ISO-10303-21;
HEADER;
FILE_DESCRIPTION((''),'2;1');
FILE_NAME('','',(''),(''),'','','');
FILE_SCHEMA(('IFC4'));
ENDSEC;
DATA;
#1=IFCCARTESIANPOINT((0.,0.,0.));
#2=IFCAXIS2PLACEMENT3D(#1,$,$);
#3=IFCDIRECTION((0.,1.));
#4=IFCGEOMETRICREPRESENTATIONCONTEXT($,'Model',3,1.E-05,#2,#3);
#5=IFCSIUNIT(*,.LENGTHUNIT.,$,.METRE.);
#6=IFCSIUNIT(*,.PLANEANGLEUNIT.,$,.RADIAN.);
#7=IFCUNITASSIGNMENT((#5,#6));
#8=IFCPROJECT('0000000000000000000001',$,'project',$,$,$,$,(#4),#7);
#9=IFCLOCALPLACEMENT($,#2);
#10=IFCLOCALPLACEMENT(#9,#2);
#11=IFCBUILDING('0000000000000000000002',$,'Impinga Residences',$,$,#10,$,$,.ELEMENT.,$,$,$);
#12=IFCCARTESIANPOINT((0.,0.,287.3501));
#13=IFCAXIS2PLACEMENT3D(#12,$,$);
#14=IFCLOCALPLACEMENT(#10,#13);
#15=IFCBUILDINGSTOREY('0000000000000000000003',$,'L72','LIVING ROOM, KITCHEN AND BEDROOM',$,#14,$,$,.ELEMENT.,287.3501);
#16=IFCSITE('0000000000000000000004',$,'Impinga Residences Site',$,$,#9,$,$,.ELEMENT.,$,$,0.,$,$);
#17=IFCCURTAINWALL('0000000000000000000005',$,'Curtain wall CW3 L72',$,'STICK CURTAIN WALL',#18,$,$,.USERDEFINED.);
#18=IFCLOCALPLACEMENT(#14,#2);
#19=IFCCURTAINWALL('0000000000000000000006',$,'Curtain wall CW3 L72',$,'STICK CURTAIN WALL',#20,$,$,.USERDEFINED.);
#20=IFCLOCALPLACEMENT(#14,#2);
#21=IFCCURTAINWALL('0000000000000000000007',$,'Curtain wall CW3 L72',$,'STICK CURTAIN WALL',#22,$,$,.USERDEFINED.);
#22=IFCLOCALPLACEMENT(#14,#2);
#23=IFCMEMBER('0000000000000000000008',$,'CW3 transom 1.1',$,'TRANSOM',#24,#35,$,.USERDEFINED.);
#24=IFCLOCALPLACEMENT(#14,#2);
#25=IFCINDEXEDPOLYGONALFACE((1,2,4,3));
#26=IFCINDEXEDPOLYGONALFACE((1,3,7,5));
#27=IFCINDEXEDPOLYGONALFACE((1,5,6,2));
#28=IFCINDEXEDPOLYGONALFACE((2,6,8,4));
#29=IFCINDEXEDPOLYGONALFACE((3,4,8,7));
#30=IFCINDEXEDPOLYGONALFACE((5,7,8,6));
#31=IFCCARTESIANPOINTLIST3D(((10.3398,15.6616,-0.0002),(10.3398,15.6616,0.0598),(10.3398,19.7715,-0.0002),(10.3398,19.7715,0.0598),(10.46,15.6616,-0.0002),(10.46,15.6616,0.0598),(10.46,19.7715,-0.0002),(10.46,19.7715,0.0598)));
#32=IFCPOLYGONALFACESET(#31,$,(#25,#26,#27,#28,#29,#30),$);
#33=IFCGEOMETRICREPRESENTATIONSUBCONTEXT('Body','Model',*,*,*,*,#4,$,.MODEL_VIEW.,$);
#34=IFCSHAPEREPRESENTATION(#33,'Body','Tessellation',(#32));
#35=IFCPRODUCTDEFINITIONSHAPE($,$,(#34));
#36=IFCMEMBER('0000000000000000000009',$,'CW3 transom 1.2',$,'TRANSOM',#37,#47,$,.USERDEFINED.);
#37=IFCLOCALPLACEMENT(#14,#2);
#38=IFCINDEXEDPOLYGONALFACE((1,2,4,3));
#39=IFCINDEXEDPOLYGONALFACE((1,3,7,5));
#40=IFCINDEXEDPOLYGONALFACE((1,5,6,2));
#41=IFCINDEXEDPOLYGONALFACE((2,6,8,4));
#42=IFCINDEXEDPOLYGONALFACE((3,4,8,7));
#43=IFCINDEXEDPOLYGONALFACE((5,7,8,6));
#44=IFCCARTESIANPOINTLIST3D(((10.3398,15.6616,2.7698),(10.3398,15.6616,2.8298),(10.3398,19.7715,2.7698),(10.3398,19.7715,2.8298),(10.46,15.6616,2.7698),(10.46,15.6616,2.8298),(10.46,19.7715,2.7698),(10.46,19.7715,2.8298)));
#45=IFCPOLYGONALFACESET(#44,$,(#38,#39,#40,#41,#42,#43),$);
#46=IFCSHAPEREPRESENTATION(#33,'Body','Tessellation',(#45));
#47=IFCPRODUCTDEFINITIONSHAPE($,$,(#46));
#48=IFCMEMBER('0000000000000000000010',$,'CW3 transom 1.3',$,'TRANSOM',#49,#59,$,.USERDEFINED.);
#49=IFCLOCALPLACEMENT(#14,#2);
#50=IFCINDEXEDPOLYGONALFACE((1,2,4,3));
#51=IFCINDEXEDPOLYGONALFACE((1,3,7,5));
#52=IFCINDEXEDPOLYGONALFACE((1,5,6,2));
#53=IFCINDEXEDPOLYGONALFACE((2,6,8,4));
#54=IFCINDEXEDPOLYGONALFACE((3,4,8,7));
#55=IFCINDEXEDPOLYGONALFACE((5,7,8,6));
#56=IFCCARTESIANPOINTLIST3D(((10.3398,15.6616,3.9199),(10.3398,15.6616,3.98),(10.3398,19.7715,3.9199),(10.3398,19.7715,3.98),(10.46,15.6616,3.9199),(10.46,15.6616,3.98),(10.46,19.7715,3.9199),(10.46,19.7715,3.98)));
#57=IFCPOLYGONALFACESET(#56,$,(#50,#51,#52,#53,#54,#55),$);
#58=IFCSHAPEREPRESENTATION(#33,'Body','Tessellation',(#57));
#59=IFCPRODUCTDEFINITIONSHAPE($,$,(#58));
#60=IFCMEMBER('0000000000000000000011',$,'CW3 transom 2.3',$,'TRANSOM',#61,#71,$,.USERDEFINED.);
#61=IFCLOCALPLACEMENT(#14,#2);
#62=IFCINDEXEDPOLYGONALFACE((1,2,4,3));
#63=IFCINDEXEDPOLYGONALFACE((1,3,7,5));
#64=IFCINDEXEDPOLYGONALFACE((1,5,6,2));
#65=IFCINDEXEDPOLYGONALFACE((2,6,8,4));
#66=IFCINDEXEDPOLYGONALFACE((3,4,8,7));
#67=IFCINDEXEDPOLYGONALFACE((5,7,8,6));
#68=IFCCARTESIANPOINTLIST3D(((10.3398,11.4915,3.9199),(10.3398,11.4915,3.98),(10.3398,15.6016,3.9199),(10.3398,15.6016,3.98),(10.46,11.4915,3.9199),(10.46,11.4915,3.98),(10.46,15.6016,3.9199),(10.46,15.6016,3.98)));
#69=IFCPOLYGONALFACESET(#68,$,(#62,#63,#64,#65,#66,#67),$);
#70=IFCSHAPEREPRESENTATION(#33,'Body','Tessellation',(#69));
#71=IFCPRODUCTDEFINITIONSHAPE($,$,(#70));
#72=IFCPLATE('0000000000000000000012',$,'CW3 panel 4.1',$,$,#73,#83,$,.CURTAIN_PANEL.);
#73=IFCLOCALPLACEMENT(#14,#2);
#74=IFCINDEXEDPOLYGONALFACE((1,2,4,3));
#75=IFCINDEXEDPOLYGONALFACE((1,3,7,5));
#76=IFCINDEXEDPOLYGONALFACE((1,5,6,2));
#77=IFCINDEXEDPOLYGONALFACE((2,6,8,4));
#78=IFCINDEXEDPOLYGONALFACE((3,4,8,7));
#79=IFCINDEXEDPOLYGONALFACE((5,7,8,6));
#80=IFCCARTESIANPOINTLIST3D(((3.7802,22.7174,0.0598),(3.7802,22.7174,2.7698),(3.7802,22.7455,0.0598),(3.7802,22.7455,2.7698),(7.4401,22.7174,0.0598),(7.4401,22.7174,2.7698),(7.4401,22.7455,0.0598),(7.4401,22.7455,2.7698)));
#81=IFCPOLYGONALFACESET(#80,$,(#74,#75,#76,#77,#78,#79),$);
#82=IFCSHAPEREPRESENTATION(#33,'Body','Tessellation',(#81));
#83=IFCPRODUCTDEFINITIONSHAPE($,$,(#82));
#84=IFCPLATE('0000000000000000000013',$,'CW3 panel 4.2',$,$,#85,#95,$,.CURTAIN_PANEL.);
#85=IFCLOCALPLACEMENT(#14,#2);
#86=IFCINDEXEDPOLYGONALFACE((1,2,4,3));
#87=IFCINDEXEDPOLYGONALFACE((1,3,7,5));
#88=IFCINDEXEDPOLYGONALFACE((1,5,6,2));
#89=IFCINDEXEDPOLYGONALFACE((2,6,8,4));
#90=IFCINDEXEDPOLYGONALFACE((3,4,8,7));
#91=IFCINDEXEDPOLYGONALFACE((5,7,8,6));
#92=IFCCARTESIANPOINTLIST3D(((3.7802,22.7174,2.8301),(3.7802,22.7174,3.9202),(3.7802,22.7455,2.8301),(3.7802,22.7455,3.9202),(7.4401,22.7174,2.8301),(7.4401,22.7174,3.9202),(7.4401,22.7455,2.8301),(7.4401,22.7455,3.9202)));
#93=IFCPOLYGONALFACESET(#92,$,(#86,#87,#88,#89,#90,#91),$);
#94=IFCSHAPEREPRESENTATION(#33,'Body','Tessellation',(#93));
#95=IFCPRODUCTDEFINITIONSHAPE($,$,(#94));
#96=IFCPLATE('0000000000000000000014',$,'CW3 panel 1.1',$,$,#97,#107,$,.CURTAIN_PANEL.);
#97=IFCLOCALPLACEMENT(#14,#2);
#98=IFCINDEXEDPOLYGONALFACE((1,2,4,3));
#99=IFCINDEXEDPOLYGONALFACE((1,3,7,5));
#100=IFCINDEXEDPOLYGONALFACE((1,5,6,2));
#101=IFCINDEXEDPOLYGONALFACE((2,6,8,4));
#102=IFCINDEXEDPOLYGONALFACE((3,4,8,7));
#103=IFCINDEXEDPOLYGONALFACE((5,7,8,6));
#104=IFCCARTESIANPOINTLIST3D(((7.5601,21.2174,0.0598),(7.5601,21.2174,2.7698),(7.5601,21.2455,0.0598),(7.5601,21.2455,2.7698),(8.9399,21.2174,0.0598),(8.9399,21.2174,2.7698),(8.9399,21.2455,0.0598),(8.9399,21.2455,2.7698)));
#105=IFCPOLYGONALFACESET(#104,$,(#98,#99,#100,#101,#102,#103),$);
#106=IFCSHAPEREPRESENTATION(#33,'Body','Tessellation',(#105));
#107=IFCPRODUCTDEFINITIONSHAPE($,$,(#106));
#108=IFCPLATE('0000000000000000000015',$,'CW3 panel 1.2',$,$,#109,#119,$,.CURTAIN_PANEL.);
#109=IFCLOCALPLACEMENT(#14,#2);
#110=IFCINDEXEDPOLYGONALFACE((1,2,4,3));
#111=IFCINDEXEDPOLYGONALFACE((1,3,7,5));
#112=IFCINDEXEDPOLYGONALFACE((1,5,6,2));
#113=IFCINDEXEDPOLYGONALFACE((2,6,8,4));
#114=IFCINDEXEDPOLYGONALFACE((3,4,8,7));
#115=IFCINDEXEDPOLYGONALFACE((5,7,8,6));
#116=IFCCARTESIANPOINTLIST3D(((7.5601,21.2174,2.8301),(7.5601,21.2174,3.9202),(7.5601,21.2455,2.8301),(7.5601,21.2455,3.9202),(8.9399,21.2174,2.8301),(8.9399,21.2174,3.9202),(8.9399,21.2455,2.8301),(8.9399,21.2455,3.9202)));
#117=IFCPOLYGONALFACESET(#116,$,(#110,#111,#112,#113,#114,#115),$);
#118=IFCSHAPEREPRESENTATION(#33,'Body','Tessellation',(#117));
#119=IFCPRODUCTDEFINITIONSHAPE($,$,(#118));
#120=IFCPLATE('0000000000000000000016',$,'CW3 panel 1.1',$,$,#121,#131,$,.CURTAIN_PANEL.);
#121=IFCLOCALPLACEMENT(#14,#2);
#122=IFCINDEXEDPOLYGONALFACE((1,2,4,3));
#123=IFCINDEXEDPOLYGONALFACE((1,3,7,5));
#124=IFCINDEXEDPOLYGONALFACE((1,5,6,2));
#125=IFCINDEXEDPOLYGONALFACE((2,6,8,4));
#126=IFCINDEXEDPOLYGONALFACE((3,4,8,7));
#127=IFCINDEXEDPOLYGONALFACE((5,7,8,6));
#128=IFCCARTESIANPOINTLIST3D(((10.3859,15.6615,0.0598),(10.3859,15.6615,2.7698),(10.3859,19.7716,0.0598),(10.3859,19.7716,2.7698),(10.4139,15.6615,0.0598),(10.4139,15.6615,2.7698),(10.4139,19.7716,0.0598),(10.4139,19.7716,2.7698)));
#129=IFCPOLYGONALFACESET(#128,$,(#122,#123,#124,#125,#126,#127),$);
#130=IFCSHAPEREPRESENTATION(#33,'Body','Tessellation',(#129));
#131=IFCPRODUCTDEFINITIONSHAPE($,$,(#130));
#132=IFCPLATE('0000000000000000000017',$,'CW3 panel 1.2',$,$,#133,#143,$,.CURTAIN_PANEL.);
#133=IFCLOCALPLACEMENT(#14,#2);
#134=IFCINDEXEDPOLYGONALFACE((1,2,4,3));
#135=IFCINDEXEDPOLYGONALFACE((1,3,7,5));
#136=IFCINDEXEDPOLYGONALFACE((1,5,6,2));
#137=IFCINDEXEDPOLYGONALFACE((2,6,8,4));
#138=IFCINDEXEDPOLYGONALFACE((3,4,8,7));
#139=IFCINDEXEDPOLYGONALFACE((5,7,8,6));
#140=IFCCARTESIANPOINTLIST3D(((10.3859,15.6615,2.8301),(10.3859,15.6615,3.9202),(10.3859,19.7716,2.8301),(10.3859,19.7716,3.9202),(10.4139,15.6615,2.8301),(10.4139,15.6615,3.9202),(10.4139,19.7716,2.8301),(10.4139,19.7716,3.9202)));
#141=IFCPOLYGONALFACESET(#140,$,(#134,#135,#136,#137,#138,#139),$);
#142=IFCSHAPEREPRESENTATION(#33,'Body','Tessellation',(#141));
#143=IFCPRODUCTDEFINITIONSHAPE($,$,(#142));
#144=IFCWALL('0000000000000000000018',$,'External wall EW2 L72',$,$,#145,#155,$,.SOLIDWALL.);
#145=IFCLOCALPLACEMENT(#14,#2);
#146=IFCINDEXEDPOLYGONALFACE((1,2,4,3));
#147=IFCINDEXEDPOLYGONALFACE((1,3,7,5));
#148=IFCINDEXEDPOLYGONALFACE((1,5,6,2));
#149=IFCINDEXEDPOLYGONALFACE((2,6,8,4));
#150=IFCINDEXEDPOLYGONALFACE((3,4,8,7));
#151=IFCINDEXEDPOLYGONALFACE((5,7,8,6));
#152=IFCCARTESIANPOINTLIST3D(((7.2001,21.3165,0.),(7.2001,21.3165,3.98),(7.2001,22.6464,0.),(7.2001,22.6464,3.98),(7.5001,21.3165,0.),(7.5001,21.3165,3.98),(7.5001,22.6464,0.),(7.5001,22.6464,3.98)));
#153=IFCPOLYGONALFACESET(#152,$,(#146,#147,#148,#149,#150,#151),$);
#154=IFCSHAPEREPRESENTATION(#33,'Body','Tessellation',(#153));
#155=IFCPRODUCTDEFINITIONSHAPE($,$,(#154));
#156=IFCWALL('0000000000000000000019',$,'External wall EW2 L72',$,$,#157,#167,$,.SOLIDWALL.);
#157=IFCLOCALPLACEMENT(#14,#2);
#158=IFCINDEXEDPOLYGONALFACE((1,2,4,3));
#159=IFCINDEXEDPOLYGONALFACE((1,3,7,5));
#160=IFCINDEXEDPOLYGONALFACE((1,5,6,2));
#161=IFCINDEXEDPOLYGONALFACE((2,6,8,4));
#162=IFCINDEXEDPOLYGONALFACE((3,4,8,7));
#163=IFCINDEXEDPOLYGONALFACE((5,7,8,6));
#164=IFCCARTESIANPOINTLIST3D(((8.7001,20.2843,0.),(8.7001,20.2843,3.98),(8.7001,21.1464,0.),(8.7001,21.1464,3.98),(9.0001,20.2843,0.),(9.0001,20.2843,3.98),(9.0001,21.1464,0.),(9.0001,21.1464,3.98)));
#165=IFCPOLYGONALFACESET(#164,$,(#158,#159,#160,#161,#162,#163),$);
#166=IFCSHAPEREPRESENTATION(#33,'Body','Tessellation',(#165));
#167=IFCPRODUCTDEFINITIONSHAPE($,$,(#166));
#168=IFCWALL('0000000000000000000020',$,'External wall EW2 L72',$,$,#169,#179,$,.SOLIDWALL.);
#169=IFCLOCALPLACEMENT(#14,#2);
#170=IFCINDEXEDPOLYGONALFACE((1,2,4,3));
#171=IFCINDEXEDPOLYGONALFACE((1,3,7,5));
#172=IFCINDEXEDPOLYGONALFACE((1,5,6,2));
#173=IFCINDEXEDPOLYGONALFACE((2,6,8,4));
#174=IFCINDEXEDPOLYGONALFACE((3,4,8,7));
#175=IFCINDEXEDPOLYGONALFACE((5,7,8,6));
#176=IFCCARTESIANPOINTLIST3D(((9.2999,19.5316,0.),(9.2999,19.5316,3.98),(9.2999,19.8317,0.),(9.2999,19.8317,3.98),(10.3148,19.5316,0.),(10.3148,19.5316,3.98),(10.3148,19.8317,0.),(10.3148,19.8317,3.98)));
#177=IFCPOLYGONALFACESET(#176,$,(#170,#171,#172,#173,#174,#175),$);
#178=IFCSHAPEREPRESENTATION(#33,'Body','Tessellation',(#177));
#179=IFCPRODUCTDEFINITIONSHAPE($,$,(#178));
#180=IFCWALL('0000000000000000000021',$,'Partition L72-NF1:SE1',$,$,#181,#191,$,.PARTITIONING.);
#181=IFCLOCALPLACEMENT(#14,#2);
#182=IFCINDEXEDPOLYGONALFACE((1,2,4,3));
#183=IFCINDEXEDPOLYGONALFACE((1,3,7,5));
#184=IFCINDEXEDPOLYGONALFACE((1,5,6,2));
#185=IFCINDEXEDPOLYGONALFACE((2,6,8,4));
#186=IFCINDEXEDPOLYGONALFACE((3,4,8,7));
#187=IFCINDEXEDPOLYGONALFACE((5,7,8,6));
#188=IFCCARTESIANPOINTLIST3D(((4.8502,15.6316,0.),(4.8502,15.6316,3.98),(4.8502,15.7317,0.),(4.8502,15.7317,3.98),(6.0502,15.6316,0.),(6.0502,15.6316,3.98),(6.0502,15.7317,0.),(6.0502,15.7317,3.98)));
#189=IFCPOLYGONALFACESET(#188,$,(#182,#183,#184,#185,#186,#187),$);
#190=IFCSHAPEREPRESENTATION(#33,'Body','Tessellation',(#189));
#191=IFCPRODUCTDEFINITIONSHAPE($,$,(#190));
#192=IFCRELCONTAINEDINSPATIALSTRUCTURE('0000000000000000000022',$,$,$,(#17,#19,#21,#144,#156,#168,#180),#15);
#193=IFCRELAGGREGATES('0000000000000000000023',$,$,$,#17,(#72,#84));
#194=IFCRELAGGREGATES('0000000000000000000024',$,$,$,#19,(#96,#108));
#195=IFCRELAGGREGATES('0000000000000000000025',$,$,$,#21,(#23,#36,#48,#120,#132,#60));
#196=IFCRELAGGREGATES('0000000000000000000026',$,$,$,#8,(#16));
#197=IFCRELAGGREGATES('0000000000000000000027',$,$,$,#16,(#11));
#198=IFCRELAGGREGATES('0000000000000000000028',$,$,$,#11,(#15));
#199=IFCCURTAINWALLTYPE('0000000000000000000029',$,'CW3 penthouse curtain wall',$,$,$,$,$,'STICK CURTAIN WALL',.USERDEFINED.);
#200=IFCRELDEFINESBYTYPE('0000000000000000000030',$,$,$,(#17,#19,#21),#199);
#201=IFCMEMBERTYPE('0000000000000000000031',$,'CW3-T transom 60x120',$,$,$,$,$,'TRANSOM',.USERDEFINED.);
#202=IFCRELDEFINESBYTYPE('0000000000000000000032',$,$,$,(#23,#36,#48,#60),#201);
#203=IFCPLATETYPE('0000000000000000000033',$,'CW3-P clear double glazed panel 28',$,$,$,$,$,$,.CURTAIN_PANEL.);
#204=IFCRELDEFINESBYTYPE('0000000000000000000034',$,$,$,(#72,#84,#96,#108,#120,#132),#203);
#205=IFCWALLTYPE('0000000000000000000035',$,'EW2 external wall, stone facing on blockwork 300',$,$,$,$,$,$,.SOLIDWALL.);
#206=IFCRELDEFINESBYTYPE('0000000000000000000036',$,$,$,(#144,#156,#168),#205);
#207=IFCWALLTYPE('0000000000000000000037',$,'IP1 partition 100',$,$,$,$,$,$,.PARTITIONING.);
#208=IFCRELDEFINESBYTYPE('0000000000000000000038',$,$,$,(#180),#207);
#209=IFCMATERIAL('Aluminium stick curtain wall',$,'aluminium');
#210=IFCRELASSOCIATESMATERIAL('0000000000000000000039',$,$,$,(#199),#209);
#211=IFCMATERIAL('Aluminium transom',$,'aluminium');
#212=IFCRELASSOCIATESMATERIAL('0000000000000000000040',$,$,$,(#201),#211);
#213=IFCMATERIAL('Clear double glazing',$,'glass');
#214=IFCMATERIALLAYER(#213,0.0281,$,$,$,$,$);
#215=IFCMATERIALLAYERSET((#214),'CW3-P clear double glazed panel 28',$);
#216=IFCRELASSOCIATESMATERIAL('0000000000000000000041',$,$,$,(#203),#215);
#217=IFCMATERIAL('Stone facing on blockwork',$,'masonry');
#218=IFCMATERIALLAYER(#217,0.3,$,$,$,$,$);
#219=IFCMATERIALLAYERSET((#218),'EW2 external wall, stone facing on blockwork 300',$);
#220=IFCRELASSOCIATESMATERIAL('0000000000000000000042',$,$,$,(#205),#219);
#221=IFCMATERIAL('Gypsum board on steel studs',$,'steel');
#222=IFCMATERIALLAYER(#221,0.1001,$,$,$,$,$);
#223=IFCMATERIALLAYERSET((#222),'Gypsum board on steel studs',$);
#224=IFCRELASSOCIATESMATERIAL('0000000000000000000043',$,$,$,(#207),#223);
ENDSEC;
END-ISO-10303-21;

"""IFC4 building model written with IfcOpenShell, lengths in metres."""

from ifc_helpers import new_model, si_unit, direction, frame, frame_2d, origin, origin_2d, place, context, subcontext, project, spatial, rectangle, extrude, material, layer, layer_set, material_profile, profile_set, type_object, element, aggregate, save


model = new_model("IFC4")

# Units and contexts
model_context = context("Model", 3, precision=1e-05, world=origin(), true_north=direction((0.0, 1.0)))
body_context = subcontext(model_context, "Body", "Model", "MODEL_VIEW")
ifc_project = project(units=[si_unit("LENGTHUNIT", "METRE"), si_unit("PLANEANGLEUNIT", "RADIAN")], contexts=[model_context])

# Site, building, storey
site_placement = place(None, origin())
site = spatial("IfcSite", under=ifc_project, at=site_placement, Name="Impinga Residences Site", CompositionType="ELEMENT", RefElevation=0.0)
building_placement = place(site_placement, origin())
building = spatial("IfcBuilding", under=site, at=building_placement, Name="Impinga Residences", CompositionType="ELEMENT")
storey_placement = place(building_placement, frame((0.0, 0.0, 287.3501)))
storey = spatial("IfcBuildingStorey", under=building, at=storey_placement, Name="L72", Description="LIVING ROOM, KITCHEN AND BEDROOM", CompositionType="ELEMENT", Elevation=287.3501)

# Curtain walls
ifc_material_1 = material(Name="Aluminium stick curtain wall", Category="aluminium")
curtain_wall_type = type_object("IfcCurtainWallType", Name="CW3 penthouse curtain wall", ElementType="STICK CURTAIN WALL", PredefinedType="USERDEFINED", material=ifc_material_1)
curtain_wall_1_placement = place(storey_placement, origin())
curtain_wall_1 = element("IfcCurtainWall", 1, at=curtain_wall_1_placement, inside=storey, type_object=curtain_wall_type, Name="Curtain wall CW3 L72", ObjectType="STICK CURTAIN WALL", PredefinedType="USERDEFINED")
curtain_wall_2_placement = place(storey_placement, origin())
curtain_wall_2 = element("IfcCurtainWall", 2, at=curtain_wall_2_placement, inside=storey, type_object=curtain_wall_type, Name="Curtain wall CW3 L72", ObjectType="STICK CURTAIN WALL", PredefinedType="USERDEFINED")
curtain_wall_3_placement = place(storey_placement, origin())
curtain_wall_3 = element("IfcCurtainWall", 3, at=curtain_wall_3_placement, inside=storey, type_object=curtain_wall_type, Name="Curtain wall CW3 L72", ObjectType="STICK CURTAIN WALL", PredefinedType="USERDEFINED")

# Members
ifc_material_2 = material(Name="Aluminium transom", Category="aluminium")
ifc_material_profile_1 = material_profile(ifc_material_2, rectangle(XDim=0.0601, YDim=0.1201, at=origin_2d()), Name="60x120 transom")
ifc_profile_set_1 = profile_set([ifc_material_profile_1], Name="Aluminium transom")
member_type_1 = type_object("IfcMemberType", Name="CW3-T transom 60x120", ElementType="TRANSOM", PredefinedType="USERDEFINED", material=ifc_profile_set_1)
member_1_placement = place(storey_placement, frame((10.3999, 19.7715, 0.0298), z_axis=(0.0, -1.0, 0.0), x_axis=(0.0, 0.0, 1.0)))
member_1 = element("IfcMember", 4, at=member_1_placement, type_object=member_type_1, Name="CW3 transom 1.1", ObjectType="TRANSOM", PredefinedType="USERDEFINED", context=body_context, shape_type="SweptSolid", body=[
    extrude(rectangle(XDim=0.0601, YDim=0.1201, at=origin_2d()), origin(), (0.0, 0.0, 1.0), 4.1099),
])
member_2_placement = place(storey_placement, frame((10.3999, 19.7715, 2.7998), z_axis=(0.0, -1.0, 0.0), x_axis=(0.0, 0.0, 1.0)))
member_2 = element("IfcMember", 5, at=member_2_placement, type_object=member_type_1, Name="CW3 transom 1.2", ObjectType="TRANSOM", PredefinedType="USERDEFINED", context=body_context, shape_type="SweptSolid", body=[
    extrude(rectangle(XDim=0.0601, YDim=0.1201, at=origin_2d()), origin(), (0.0, 0.0, 1.0), 4.1099),
])
member_3_placement = place(storey_placement, frame((10.3999, 19.7715, 3.95), z_axis=(0.0, -1.0, 0.0), x_axis=(0.0, 0.0, 1.0)))
member_3 = element("IfcMember", 6, at=member_3_placement, type_object=member_type_1, Name="CW3 transom 1.3", ObjectType="TRANSOM", PredefinedType="USERDEFINED", context=body_context, shape_type="SweptSolid", body=[
    extrude(rectangle(XDim=0.0601, YDim=0.1201, at=origin_2d()), origin(), (0.0, 0.0, 1.0), 4.1099),
])
member_4_placement = place(storey_placement, frame((10.3999, 15.6016, 3.95), z_axis=(0.0, -1.0, 0.0), x_axis=(0.0, 0.0, 1.0)))
member_4 = element("IfcMember", 7, at=member_4_placement, type_object=member_type_1, Name="CW3 transom 2.3", ObjectType="TRANSOM", PredefinedType="USERDEFINED", context=body_context, shape_type="SweptSolid", body=[
    extrude(rectangle(XDim=0.0601, YDim=0.1201, at=origin_2d()), origin(), (0.0, 0.0, 1.0), 4.1101),
])

# Plates
ifc_material_3 = material(Name="Clear double glazing", Category="glass")
ifc_layer_1 = layer(ifc_material_3, 0.0281)
ifc_layer_set_1 = layer_set([ifc_layer_1], Name="CW3-P clear double glazed panel 28")
plate_type = type_object("IfcPlateType", Name="CW3-P clear double glazed panel 28", PredefinedType="CURTAIN_PANEL", material=ifc_layer_set_1)
plate_1_placement = place(storey_placement, frame((5.6101, 22.7314, 0.0598), z_axis=(0.0, 0.0, 1.0), x_axis=(1.0, 0.0, 0.0)))
plate_1 = element("IfcPlate", 8, at=plate_1_placement, type_object=plate_type, Name="CW3 panel 4.1", PredefinedType="CURTAIN_PANEL", context=body_context, shape_type="SweptSolid", body=[
    extrude(rectangle(XDim=3.6599, YDim=0.0281, at=origin_2d()), origin(), (0.0, 0.0, 1.0), 2.71),
])
plate_2_placement = place(storey_placement, frame((5.6101, 22.7314, 2.8301), z_axis=(0.0, 0.0, 1.0), x_axis=(1.0, 0.0, 0.0)))
plate_2 = element("IfcPlate", 9, at=plate_2_placement, type_object=plate_type, Name="CW3 panel 4.2", PredefinedType="CURTAIN_PANEL", context=body_context, shape_type="SweptSolid", body=[
    extrude(rectangle(XDim=3.6599, YDim=0.0281, at=origin_2d()), origin(), (0.0, 0.0, 1.0), 1.0901),
])
aggregate(curtain_wall_1, [plate_1, plate_2])
plate_3_placement = place(storey_placement, frame((8.25, 21.2314, 0.0598), z_axis=(0.0, 0.0, 1.0), x_axis=(1.0, 0.0, 0.0)))
plate_3 = element("IfcPlate", 10, at=plate_3_placement, type_object=plate_type, Name="CW3 panel 1.1", PredefinedType="CURTAIN_PANEL", context=body_context, shape_type="SweptSolid", body=[
    extrude(rectangle(XDim=1.3799, YDim=0.0281, at=origin_2d()), origin(), (0.0, 0.0, 1.0), 2.71),
])
plate_4_placement = place(storey_placement, frame((8.25, 21.2314, 2.8301), z_axis=(0.0, 0.0, 1.0), x_axis=(1.0, 0.0, 0.0)))
plate_4 = element("IfcPlate", 11, at=plate_4_placement, type_object=plate_type, Name="CW3 panel 1.2", PredefinedType="CURTAIN_PANEL", context=body_context, shape_type="SweptSolid", body=[
    extrude(rectangle(XDim=1.3799, YDim=0.0281, at=origin_2d()), origin(), (0.0, 0.0, 1.0), 1.0901),
])
aggregate(curtain_wall_2, [plate_3, plate_4])
plate_5_placement = place(storey_placement, frame((10.3999, 17.7166, 0.0598), z_axis=(0.0, 0.0, 1.0), x_axis=(0.0, -1.0, 0.0)))
plate_5 = element("IfcPlate", 12, at=plate_5_placement, type_object=plate_type, Name="CW3 panel 1.1", PredefinedType="CURTAIN_PANEL", context=body_context, shape_type="SweptSolid", body=[
    extrude(rectangle(XDim=4.1101, YDim=0.0281, at=origin_2d()), origin(), (0.0, 0.0, 1.0), 2.71),
])
plate_6_placement = place(storey_placement, frame((10.3999, 17.7166, 2.8301), z_axis=(0.0, 0.0, 1.0), x_axis=(0.0, -1.0, 0.0)))
plate_6 = element("IfcPlate", 13, at=plate_6_placement, type_object=plate_type, Name="CW3 panel 1.2", PredefinedType="CURTAIN_PANEL", context=body_context, shape_type="SweptSolid", body=[
    extrude(rectangle(XDim=4.1101, YDim=0.0281, at=origin_2d()), origin(), (0.0, 0.0, 1.0), 1.0901),
])
aggregate(curtain_wall_3, [member_1, member_2, member_3, plate_5, plate_6, member_4])

# Walls
ifc_material_4 = material(Name="Stone facing on blockwork", Category="masonry")
ifc_layer_2 = layer(ifc_material_4, 0.3)
ifc_layer_set_2 = layer_set([ifc_layer_2], Name="EW2 external wall, stone facing on blockwork 300")
wall_type_1 = type_object("IfcWallType", Name="EW2 external wall, stone facing on blockwork 300", PredefinedType="SOLIDWALL", material=ifc_layer_set_2)
wall_1_placement = place(storey_placement, frame((7.3501, 22.6465, 0.0), z_axis=(0.0, 0.0, 1.0), x_axis=(0.0, -1.0, 0.0)))
element("IfcWall", 14, at=wall_1_placement, inside=storey, type_object=wall_type_1, Name="External wall EW2 L72", PredefinedType="SOLIDWALL", context=body_context, shape_type="SweptSolid", body=[
    extrude(rectangle(XDim=1.3298, YDim=0.3, at=frame_2d((0.665, 0.0))), origin(), (0.0, 0.0, 1.0), 3.98),
])
wall_2_placement = place(storey_placement, frame((8.8501, 21.1465, 0.0), z_axis=(0.0, 0.0, 1.0), x_axis=(0.0, -1.0, 0.0)))
element("IfcWall", 15, at=wall_2_placement, inside=storey, type_object=wall_type_1, Name="External wall EW2 L72", PredefinedType="SOLIDWALL", context=body_context, shape_type="SweptSolid", body=[
    extrude(rectangle(XDim=0.8621, YDim=0.3, at=frame_2d((0.4312, 0.0))), origin(), (0.0, 0.0, 1.0), 3.98),
])
wall_3_placement = place(storey_placement, frame((9.3, 19.6816, 0.0), z_axis=(0.0, 0.0, 1.0), x_axis=(1.0, 0.0, 0.0)))
element("IfcWall", 16, at=wall_3_placement, inside=storey, type_object=wall_type_1, Name="External wall EW2 L72", PredefinedType="SOLIDWALL", context=body_context, shape_type="SweptSolid", body=[
    extrude(rectangle(XDim=1.0149, YDim=0.3, at=frame_2d((0.5073, 0.0))), origin(), (0.0, 0.0, 1.0), 3.98),
])
ifc_material_5 = material(Name="Gypsum board on steel studs", Category="steel")
ifc_layer_3 = layer(ifc_material_5, 0.1001)
ifc_layer_set_3 = layer_set([ifc_layer_3], Name="Gypsum board on steel studs")
wall_type_2 = type_object("IfcWallType", Name="IP1 partition 100", PredefinedType="PARTITIONING", material=ifc_layer_set_3)
wall_4_placement = place(storey_placement, frame((4.8501, 15.6816, 0.0), z_axis=(0.0, 0.0, 1.0), x_axis=(1.0, 0.0, 0.0)))
element("IfcWall", 17, at=wall_4_placement, inside=storey, type_object=wall_type_2, Name="Partition L72-NF1:SE1", PredefinedType="PARTITIONING", context=body_context, shape_type="SweptSolid", body=[
    extrude(rectangle(XDim=1.2, YDim=0.1001, at=frame_2d((0.6001, 0.0))), origin(), (0.0, 0.0, 1.0), 3.98),
])

save(model, "model.ifc")
